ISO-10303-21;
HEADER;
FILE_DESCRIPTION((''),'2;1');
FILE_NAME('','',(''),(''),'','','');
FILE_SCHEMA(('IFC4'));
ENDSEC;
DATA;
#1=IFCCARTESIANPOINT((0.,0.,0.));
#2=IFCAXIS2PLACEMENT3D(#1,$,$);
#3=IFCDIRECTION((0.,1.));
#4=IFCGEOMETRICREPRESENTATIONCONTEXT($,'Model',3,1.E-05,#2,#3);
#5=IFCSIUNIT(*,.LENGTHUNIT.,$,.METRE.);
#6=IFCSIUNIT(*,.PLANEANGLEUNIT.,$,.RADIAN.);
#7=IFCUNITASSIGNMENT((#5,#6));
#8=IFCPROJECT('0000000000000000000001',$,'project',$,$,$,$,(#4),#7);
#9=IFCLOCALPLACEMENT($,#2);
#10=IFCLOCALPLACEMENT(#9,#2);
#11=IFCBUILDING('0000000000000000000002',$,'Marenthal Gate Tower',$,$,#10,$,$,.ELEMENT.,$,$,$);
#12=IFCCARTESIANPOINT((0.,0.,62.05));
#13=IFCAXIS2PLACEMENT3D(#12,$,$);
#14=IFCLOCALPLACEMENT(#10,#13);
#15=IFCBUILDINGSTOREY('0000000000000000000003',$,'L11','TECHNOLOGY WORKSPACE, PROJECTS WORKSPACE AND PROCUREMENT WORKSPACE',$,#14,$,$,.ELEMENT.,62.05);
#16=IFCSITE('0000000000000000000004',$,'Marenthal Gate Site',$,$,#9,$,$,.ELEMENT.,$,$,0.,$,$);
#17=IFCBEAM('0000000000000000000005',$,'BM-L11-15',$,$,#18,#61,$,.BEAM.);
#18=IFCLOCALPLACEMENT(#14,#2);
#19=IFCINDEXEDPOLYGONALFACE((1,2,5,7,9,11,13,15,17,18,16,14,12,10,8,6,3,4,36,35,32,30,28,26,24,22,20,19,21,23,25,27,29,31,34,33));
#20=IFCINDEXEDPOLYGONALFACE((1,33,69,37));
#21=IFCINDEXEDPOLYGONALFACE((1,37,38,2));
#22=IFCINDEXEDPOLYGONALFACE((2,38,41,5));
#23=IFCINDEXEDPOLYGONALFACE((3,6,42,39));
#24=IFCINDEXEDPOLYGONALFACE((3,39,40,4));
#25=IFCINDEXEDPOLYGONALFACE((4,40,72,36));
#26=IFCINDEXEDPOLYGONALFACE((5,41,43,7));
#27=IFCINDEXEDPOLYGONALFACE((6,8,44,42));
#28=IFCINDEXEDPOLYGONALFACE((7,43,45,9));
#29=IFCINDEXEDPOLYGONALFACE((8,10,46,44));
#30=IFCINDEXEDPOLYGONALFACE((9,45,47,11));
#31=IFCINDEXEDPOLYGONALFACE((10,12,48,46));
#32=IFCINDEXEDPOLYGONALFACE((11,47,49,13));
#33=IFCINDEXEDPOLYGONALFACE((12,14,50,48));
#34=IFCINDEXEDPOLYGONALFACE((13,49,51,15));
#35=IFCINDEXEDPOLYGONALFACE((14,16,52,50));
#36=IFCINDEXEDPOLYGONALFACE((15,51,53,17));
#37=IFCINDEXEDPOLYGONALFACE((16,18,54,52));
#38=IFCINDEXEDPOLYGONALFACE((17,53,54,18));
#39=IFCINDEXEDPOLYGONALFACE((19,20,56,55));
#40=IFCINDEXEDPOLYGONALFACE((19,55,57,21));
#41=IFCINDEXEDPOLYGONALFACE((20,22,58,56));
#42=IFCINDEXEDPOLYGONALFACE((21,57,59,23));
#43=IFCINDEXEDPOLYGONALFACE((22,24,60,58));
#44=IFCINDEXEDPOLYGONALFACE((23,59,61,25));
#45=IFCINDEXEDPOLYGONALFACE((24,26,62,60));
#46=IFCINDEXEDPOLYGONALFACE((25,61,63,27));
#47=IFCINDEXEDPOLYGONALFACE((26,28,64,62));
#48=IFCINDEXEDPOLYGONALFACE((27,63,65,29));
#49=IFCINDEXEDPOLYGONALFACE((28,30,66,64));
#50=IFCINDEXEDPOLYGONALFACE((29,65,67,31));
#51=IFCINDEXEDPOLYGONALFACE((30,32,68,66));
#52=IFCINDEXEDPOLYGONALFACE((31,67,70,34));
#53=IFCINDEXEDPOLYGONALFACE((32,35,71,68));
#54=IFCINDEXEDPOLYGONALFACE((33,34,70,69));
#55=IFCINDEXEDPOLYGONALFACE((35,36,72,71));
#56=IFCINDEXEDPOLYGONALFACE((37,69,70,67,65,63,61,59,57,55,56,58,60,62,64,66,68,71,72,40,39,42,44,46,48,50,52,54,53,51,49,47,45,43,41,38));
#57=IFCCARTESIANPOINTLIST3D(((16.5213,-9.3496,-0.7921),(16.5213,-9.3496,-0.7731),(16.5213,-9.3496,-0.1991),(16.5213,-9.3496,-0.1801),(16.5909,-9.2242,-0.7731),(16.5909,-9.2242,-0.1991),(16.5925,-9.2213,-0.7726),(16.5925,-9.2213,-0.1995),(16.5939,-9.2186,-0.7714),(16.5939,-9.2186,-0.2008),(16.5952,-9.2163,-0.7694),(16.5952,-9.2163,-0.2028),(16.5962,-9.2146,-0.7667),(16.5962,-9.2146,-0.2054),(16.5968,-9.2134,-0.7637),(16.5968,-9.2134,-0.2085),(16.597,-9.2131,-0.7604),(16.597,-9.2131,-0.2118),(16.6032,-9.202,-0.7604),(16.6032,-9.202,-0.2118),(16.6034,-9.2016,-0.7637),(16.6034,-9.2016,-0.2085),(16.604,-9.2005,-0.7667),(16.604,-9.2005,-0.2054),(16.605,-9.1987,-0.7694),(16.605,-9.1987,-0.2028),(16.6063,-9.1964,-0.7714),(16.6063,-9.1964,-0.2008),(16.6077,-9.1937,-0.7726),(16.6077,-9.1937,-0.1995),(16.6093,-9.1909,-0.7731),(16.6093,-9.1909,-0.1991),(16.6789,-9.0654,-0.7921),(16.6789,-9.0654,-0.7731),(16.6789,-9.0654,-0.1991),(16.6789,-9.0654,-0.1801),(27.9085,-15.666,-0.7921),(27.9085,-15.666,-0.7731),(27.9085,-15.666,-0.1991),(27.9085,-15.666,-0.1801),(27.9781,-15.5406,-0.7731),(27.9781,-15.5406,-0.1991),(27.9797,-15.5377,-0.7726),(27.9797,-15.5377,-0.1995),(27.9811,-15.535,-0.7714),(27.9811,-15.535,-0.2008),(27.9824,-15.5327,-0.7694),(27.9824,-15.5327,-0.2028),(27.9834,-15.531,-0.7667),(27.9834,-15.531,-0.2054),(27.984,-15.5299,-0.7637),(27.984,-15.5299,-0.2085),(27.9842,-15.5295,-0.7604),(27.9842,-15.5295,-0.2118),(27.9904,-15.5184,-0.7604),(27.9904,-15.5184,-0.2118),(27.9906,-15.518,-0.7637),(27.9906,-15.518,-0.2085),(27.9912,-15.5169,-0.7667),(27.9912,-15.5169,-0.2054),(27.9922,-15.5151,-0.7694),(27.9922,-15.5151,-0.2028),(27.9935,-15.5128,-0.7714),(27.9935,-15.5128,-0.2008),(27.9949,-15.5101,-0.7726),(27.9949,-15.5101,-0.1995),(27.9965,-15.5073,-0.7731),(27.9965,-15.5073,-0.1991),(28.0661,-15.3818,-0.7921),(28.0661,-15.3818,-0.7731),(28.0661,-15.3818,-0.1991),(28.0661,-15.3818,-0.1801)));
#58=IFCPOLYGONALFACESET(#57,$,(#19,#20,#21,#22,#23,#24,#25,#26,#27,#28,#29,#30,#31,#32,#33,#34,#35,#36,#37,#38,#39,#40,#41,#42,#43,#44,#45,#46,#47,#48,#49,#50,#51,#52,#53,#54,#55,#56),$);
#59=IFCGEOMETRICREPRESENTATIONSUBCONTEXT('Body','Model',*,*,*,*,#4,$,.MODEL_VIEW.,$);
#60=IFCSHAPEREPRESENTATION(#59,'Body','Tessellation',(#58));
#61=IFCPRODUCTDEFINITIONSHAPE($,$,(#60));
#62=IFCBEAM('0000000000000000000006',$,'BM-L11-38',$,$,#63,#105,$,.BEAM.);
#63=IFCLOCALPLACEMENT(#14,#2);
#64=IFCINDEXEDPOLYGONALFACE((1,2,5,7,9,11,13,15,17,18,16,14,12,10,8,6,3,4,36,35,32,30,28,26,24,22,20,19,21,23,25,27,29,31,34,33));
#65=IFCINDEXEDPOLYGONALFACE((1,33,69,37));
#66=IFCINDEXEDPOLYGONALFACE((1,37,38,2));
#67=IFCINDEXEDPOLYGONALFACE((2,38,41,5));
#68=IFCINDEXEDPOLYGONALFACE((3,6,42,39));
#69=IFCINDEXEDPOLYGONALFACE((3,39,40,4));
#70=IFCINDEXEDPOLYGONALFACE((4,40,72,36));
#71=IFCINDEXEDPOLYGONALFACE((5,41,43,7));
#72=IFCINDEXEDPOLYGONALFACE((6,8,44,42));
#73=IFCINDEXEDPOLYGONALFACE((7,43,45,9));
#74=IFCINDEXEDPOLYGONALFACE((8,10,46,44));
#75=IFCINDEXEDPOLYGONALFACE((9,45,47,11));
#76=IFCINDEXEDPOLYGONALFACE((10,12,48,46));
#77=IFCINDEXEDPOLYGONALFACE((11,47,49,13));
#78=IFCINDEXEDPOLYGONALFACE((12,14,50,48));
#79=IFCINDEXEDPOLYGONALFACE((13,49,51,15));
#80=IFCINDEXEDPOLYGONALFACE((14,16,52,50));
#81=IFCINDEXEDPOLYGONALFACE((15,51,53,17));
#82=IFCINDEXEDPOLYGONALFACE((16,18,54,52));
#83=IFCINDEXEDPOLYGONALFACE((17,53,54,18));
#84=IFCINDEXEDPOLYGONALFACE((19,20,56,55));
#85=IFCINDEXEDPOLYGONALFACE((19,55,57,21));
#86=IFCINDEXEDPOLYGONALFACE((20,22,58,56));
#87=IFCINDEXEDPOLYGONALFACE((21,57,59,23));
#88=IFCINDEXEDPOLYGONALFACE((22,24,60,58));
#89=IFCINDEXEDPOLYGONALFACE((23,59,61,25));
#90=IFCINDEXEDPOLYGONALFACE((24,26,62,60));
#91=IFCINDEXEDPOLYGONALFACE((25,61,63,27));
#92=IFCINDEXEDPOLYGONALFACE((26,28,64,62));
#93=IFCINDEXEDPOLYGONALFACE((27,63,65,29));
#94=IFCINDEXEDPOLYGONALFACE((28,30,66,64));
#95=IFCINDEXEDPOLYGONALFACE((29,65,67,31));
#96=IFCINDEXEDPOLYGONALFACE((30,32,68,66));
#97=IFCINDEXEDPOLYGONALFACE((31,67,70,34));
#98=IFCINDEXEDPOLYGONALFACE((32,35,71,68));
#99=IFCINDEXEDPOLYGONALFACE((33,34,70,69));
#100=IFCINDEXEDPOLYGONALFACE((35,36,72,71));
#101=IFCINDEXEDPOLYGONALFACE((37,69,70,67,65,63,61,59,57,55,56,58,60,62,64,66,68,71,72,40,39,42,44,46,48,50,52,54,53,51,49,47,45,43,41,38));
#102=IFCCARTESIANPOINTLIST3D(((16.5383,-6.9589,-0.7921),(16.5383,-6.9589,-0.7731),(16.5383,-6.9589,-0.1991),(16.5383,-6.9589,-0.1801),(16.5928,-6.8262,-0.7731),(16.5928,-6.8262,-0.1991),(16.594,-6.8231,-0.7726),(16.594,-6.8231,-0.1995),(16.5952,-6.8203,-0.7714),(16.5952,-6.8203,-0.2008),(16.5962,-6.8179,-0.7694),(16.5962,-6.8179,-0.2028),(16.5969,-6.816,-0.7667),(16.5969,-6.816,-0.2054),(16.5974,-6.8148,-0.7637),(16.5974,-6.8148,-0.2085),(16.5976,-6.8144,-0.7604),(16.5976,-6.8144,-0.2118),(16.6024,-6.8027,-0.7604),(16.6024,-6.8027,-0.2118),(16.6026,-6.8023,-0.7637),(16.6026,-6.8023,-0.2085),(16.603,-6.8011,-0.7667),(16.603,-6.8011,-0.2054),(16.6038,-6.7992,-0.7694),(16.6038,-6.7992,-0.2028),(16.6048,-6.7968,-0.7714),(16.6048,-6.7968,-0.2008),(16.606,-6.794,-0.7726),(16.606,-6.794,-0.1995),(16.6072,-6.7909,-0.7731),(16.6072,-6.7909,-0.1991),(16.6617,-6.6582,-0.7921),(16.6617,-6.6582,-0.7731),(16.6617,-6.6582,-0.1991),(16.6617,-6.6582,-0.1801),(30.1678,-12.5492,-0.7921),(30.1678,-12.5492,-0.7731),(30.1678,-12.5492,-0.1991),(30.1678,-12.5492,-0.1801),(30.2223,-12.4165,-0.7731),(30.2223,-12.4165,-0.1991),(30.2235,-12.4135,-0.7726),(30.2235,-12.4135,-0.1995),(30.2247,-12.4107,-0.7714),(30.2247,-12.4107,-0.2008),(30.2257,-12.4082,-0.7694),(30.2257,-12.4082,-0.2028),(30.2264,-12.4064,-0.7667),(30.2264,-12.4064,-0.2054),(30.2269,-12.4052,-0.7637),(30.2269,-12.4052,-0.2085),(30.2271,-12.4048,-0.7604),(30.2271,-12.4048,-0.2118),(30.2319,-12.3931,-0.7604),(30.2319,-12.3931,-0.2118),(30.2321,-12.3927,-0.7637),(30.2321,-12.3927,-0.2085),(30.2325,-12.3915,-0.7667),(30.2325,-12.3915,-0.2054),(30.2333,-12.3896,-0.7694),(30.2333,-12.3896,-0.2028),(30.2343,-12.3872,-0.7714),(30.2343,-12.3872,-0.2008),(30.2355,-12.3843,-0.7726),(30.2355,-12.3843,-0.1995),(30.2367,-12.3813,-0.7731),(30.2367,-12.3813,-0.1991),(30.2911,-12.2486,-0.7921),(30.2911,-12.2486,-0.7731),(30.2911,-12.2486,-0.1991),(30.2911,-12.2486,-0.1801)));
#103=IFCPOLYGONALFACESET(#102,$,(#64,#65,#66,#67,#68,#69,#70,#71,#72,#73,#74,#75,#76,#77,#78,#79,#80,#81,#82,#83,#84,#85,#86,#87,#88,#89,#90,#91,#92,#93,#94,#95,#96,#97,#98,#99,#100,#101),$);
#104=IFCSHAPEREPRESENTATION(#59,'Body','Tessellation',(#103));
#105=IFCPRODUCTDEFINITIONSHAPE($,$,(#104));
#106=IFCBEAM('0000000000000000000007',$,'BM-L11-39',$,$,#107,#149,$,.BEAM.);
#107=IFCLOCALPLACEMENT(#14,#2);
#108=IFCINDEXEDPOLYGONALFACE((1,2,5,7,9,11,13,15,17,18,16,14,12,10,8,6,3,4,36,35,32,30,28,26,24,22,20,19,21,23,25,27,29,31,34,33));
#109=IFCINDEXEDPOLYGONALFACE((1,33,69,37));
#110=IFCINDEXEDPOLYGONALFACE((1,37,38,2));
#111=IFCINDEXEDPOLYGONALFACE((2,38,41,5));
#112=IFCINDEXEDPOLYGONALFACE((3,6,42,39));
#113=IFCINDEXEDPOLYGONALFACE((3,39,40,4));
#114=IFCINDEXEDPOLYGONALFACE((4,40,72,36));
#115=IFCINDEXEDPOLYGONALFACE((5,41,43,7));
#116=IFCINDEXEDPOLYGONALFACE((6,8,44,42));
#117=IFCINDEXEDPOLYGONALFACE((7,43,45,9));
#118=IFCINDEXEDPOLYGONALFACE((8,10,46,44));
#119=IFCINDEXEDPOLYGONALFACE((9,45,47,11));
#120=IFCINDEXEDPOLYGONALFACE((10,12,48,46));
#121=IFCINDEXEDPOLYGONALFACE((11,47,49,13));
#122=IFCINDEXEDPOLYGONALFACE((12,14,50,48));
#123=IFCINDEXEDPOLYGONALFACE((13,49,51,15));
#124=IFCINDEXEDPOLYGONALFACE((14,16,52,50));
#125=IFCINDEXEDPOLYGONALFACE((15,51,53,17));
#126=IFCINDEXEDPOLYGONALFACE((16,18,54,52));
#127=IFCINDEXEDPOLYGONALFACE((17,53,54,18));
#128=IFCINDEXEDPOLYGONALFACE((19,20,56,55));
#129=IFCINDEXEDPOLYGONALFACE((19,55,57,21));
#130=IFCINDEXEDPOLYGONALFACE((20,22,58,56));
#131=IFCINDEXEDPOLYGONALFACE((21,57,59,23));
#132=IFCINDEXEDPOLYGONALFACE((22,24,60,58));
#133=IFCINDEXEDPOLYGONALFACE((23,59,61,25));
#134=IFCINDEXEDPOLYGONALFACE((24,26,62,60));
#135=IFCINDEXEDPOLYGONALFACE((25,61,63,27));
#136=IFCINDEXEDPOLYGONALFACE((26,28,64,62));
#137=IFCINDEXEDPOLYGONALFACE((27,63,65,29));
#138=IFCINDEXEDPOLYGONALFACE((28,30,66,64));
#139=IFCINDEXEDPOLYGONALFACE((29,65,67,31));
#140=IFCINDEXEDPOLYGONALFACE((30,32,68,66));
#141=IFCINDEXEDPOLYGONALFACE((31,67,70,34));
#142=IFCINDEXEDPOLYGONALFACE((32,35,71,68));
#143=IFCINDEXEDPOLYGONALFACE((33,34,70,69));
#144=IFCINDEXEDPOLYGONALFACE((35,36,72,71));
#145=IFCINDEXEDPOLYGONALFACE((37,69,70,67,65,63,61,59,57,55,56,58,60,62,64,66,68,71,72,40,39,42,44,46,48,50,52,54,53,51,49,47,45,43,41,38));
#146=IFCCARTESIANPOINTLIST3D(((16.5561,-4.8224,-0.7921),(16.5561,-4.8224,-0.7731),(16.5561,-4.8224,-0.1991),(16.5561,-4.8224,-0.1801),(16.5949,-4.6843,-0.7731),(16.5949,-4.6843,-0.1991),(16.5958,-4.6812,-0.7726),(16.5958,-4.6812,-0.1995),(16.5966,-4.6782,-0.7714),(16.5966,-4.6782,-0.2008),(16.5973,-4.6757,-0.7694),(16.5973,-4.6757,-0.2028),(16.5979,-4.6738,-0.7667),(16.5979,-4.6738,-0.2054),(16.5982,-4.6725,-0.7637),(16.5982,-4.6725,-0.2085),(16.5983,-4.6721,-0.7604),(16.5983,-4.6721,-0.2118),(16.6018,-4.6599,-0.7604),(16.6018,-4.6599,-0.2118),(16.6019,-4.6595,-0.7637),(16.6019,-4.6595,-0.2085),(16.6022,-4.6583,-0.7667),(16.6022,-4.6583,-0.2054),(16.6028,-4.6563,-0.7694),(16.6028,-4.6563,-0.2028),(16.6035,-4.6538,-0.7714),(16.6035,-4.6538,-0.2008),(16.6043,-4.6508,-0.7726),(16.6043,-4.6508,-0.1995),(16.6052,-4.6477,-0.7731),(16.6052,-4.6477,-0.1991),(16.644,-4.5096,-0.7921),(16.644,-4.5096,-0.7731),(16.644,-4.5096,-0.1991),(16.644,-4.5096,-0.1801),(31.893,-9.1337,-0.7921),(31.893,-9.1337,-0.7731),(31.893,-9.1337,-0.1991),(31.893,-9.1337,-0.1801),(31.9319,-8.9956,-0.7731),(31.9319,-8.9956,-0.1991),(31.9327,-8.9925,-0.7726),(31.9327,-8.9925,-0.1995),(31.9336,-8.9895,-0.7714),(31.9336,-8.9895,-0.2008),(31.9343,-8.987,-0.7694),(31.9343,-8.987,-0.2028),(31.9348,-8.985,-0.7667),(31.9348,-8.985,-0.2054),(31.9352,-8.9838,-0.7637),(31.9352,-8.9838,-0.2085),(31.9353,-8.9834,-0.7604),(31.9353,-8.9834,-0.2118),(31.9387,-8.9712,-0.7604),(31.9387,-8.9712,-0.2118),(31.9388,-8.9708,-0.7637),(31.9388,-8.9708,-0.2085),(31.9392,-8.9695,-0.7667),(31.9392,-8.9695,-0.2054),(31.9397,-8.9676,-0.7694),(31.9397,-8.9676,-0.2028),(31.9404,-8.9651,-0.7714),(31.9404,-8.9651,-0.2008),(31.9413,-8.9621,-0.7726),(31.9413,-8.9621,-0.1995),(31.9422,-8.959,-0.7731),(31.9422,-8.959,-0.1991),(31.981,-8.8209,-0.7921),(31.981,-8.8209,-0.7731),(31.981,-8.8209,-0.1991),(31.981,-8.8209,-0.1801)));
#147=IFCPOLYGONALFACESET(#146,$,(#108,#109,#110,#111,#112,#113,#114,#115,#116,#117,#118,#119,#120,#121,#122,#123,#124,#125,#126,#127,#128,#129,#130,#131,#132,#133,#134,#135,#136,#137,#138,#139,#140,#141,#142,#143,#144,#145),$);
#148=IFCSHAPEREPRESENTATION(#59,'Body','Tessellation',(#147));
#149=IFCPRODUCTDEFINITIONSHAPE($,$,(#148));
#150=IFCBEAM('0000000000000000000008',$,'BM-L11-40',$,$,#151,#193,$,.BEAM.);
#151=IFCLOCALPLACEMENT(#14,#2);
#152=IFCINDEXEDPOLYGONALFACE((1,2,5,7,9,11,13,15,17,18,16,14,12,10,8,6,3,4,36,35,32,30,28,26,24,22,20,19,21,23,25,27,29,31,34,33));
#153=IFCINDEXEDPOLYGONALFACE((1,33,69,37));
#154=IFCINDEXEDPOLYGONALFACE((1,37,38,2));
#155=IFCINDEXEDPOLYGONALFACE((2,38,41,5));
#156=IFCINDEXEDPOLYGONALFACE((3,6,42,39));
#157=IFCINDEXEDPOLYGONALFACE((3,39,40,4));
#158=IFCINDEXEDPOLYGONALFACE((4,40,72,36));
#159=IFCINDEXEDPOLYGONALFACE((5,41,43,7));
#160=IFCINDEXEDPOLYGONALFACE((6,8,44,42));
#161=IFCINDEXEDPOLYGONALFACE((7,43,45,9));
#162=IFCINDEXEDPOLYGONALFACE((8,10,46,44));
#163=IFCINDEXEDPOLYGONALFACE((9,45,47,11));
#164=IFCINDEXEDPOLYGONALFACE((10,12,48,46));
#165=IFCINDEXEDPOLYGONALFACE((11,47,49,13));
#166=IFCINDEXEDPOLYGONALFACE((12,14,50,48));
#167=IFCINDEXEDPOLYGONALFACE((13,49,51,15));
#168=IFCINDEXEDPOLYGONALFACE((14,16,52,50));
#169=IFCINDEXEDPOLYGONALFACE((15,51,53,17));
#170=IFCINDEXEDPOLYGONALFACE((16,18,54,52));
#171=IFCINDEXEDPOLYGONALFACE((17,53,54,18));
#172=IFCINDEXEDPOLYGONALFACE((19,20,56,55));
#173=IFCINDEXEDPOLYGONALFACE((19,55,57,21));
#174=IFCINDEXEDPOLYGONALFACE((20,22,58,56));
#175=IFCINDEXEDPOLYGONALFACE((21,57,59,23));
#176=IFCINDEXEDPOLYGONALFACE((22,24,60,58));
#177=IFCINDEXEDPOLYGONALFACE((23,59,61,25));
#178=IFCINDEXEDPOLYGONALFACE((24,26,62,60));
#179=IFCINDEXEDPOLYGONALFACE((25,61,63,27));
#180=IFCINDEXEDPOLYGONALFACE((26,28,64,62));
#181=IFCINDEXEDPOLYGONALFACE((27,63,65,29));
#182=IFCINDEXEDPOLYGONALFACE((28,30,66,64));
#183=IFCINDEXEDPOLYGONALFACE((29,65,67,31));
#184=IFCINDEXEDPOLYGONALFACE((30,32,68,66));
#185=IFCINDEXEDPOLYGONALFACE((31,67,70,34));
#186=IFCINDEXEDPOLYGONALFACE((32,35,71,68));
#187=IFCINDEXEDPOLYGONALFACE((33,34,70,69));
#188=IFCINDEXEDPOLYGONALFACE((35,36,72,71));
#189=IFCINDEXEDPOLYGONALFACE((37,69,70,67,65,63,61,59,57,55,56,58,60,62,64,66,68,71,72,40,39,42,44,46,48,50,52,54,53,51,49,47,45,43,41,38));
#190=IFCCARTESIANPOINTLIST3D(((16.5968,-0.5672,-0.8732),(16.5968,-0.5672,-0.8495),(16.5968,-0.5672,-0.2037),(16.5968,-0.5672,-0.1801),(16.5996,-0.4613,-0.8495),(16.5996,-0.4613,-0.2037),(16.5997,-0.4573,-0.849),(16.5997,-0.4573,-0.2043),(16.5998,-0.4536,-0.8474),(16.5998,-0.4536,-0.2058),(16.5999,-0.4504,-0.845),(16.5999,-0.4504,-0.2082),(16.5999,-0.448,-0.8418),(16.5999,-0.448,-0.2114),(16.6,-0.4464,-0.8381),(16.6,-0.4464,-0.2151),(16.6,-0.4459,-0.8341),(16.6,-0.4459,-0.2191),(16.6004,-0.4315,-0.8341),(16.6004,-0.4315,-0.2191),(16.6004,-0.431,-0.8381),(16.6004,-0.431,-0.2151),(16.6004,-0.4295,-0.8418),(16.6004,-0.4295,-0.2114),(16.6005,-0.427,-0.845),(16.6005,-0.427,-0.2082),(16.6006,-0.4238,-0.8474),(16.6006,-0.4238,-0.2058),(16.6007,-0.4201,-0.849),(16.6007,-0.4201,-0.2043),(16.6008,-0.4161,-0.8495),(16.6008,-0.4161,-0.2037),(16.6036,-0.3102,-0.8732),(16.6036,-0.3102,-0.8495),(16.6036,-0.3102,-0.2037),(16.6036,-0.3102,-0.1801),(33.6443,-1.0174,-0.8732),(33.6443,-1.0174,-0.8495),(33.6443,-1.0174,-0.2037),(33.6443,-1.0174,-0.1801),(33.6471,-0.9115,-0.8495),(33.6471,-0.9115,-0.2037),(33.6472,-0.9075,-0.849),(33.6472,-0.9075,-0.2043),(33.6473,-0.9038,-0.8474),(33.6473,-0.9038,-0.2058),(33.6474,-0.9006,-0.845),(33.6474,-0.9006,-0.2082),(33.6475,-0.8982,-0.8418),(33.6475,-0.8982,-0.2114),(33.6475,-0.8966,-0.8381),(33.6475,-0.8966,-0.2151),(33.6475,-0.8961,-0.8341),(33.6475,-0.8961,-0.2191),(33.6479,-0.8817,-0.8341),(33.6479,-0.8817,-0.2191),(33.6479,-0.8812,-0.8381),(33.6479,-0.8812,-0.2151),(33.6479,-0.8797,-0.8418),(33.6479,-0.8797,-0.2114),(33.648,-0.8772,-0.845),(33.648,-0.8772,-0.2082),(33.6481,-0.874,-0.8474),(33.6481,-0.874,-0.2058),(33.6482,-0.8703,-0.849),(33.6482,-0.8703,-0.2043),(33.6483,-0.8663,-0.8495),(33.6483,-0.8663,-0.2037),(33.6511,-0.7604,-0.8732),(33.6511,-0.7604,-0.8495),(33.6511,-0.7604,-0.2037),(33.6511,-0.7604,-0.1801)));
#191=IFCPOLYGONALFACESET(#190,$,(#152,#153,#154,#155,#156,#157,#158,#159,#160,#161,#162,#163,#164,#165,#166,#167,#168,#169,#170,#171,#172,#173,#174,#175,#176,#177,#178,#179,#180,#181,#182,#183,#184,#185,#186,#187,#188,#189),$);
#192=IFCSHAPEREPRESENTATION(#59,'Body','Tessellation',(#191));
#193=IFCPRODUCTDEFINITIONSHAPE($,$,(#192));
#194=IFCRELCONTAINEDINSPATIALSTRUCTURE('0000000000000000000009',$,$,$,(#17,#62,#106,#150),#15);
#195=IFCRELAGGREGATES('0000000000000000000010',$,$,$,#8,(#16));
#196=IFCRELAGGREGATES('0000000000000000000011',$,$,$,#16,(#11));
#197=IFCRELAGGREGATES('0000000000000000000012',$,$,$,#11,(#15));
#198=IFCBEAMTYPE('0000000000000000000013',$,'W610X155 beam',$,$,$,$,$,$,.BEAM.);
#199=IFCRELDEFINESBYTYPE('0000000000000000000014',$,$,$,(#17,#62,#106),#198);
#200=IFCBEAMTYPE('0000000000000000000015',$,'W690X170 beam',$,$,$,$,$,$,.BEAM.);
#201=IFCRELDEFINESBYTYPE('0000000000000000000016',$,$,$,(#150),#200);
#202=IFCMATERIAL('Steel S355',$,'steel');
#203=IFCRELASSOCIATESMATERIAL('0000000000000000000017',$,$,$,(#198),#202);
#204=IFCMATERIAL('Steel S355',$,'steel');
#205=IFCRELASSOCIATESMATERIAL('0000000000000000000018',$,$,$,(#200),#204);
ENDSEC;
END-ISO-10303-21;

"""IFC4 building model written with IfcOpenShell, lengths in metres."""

from ifc_helpers import new_model, si_unit, direction, frame, origin, origin_2d, place, context, subcontext, project, spatial, i_section, extrude, material, material_profile, profile_set, type_object, element, save


model = new_model("IFC4")

# Units and contexts
model_context = context("Model", 3, precision=1e-05, world=origin(), true_north=direction((0.0, 1.0)))
body_context = subcontext(model_context, "Body", "Model", "MODEL_VIEW")
ifc_project = project(units=[si_unit("LENGTHUNIT", "METRE"), si_unit("PLANEANGLEUNIT", "RADIAN")], contexts=[model_context])

# Site, building, storey
site_placement = place(None, origin())
site = spatial("IfcSite", under=ifc_project, at=site_placement, Name="Marenthal Gate Site", CompositionType="ELEMENT", RefElevation=0.0)
building_placement = place(site_placement, origin())
building = spatial("IfcBuilding", under=site, at=building_placement, Name="Marenthal Gate Tower", CompositionType="ELEMENT")
storey_placement = place(building_placement, frame((0.0, 0.0, 62.05)))
storey = spatial("IfcBuildingStorey", under=building, at=storey_placement, Name="L11", Description="TECHNOLOGY WORKSPACE, PROJECTS WORKSPACE AND PROCUREMENT WORKSPACE", CompositionType="ELEMENT", Elevation=62.05)

# Beams
ifc_material_1 = material(Name="Steel S355", Category="steel")
ifc_material_profile_1 = material_profile(ifc_material_1, i_section(OverallWidth=0.325, OverallDepth=0.6121, WebThickness=0.0127, FlangeThickness=0.019, FilletRadius=0.0127, at=origin_2d()), Name="W610X155")
ifc_profile_set_1 = profile_set([ifc_material_profile_1], Name="Steel S355")
beam_type_1 = type_object("IfcBeamType", Name="W610X155 beam", PredefinedType="BEAM", material=ifc_profile_set_1)
beam_1_placement = place(storey_placement, frame((27.9873, -15.5239, -0.4861), z_axis=(-0.874477, 0.485067, 0.0), x_axis=(-0.485067, -0.874477, 0.0)))
element("IfcBeam", 1, at=beam_1_placement, inside=storey, type_object=beam_type_1, Name="BM-L11-15", PredefinedType="BEAM", context=body_context, shape_type="SweptSolid", body=[
    extrude(i_section(OverallWidth=0.325, OverallDepth=0.6121, WebThickness=0.0127, FlangeThickness=0.019, FilletRadius=0.0127, at=origin_2d()), origin(), (0.0, 0.0, 1.0), 13.0217),
])
beam_2_placement = place(storey_placement, frame((30.2295, -12.3989, -0.4861), z_axis=(-0.925198, 0.379486, 0.0), x_axis=(-0.379486, -0.925198, 0.0)))
element("IfcBeam", 2, at=beam_2_placement, inside=storey, type_object=beam_type_1, Name="BM-L11-38", PredefinedType="BEAM", context=body_context, shape_type="SweptSolid", body=[
    extrude(i_section(OverallWidth=0.325, OverallDepth=0.6121, WebThickness=0.0127, FlangeThickness=0.019, FilletRadius=0.0127, at=origin_2d()), origin(), (0.0, 0.0, 1.0), 14.7314),
])
beam_3_placement = place(storey_placement, frame((31.937, -8.9773, -0.4861), z_axis=(-0.962687, 0.270616, 0.0), x_axis=(-0.270616, -0.962687, 0.0)))
element("IfcBeam", 3, at=beam_3_placement, inside=storey, type_object=beam_type_1, Name="BM-L11-39", PredefinedType="BEAM", context=body_context, shape_type="SweptSolid", body=[
    extrude(i_section(OverallWidth=0.325, OverallDepth=0.6121, WebThickness=0.0127, FlangeThickness=0.019, FilletRadius=0.0127, at=origin_2d()), origin(), (0.0, 0.0, 1.0), 15.9314),
])
ifc_material_2 = material(Name="Steel S355", Category="steel")
ifc_material_profile_2 = material_profile(ifc_material_2, i_section(OverallWidth=0.2571, OverallDepth=0.6931, WebThickness=0.0144, FlangeThickness=0.0237, FilletRadius=0.0154, at=origin_2d()), Name="W690X170")
ifc_profile_set_2 = profile_set([ifc_material_profile_2], Name="Steel S355")
beam_type_2 = type_object("IfcBeamType", Name="W690X170 beam", PredefinedType="BEAM", material=ifc_profile_set_2)
beam_4_placement = place(storey_placement, frame((33.6477, -0.8889, -0.5266), z_axis=(-0.999651, 0.026399, 0.0), x_axis=(-0.026399, -0.999651, 0.0)))
element("IfcBeam", 4, at=beam_4_placement, inside=storey, type_object=beam_type_2, Name="BM-L11-40", PredefinedType="BEAM", context=body_context, shape_type="SweptSolid", body=[
    extrude(i_section(OverallWidth=0.2571, OverallDepth=0.6931, WebThickness=0.0144, FlangeThickness=0.0237, FilletRadius=0.0154, at=origin_2d()), origin(), (0.0, 0.0, 1.0), 17.0535),
])

save(model, "model.ifc")
